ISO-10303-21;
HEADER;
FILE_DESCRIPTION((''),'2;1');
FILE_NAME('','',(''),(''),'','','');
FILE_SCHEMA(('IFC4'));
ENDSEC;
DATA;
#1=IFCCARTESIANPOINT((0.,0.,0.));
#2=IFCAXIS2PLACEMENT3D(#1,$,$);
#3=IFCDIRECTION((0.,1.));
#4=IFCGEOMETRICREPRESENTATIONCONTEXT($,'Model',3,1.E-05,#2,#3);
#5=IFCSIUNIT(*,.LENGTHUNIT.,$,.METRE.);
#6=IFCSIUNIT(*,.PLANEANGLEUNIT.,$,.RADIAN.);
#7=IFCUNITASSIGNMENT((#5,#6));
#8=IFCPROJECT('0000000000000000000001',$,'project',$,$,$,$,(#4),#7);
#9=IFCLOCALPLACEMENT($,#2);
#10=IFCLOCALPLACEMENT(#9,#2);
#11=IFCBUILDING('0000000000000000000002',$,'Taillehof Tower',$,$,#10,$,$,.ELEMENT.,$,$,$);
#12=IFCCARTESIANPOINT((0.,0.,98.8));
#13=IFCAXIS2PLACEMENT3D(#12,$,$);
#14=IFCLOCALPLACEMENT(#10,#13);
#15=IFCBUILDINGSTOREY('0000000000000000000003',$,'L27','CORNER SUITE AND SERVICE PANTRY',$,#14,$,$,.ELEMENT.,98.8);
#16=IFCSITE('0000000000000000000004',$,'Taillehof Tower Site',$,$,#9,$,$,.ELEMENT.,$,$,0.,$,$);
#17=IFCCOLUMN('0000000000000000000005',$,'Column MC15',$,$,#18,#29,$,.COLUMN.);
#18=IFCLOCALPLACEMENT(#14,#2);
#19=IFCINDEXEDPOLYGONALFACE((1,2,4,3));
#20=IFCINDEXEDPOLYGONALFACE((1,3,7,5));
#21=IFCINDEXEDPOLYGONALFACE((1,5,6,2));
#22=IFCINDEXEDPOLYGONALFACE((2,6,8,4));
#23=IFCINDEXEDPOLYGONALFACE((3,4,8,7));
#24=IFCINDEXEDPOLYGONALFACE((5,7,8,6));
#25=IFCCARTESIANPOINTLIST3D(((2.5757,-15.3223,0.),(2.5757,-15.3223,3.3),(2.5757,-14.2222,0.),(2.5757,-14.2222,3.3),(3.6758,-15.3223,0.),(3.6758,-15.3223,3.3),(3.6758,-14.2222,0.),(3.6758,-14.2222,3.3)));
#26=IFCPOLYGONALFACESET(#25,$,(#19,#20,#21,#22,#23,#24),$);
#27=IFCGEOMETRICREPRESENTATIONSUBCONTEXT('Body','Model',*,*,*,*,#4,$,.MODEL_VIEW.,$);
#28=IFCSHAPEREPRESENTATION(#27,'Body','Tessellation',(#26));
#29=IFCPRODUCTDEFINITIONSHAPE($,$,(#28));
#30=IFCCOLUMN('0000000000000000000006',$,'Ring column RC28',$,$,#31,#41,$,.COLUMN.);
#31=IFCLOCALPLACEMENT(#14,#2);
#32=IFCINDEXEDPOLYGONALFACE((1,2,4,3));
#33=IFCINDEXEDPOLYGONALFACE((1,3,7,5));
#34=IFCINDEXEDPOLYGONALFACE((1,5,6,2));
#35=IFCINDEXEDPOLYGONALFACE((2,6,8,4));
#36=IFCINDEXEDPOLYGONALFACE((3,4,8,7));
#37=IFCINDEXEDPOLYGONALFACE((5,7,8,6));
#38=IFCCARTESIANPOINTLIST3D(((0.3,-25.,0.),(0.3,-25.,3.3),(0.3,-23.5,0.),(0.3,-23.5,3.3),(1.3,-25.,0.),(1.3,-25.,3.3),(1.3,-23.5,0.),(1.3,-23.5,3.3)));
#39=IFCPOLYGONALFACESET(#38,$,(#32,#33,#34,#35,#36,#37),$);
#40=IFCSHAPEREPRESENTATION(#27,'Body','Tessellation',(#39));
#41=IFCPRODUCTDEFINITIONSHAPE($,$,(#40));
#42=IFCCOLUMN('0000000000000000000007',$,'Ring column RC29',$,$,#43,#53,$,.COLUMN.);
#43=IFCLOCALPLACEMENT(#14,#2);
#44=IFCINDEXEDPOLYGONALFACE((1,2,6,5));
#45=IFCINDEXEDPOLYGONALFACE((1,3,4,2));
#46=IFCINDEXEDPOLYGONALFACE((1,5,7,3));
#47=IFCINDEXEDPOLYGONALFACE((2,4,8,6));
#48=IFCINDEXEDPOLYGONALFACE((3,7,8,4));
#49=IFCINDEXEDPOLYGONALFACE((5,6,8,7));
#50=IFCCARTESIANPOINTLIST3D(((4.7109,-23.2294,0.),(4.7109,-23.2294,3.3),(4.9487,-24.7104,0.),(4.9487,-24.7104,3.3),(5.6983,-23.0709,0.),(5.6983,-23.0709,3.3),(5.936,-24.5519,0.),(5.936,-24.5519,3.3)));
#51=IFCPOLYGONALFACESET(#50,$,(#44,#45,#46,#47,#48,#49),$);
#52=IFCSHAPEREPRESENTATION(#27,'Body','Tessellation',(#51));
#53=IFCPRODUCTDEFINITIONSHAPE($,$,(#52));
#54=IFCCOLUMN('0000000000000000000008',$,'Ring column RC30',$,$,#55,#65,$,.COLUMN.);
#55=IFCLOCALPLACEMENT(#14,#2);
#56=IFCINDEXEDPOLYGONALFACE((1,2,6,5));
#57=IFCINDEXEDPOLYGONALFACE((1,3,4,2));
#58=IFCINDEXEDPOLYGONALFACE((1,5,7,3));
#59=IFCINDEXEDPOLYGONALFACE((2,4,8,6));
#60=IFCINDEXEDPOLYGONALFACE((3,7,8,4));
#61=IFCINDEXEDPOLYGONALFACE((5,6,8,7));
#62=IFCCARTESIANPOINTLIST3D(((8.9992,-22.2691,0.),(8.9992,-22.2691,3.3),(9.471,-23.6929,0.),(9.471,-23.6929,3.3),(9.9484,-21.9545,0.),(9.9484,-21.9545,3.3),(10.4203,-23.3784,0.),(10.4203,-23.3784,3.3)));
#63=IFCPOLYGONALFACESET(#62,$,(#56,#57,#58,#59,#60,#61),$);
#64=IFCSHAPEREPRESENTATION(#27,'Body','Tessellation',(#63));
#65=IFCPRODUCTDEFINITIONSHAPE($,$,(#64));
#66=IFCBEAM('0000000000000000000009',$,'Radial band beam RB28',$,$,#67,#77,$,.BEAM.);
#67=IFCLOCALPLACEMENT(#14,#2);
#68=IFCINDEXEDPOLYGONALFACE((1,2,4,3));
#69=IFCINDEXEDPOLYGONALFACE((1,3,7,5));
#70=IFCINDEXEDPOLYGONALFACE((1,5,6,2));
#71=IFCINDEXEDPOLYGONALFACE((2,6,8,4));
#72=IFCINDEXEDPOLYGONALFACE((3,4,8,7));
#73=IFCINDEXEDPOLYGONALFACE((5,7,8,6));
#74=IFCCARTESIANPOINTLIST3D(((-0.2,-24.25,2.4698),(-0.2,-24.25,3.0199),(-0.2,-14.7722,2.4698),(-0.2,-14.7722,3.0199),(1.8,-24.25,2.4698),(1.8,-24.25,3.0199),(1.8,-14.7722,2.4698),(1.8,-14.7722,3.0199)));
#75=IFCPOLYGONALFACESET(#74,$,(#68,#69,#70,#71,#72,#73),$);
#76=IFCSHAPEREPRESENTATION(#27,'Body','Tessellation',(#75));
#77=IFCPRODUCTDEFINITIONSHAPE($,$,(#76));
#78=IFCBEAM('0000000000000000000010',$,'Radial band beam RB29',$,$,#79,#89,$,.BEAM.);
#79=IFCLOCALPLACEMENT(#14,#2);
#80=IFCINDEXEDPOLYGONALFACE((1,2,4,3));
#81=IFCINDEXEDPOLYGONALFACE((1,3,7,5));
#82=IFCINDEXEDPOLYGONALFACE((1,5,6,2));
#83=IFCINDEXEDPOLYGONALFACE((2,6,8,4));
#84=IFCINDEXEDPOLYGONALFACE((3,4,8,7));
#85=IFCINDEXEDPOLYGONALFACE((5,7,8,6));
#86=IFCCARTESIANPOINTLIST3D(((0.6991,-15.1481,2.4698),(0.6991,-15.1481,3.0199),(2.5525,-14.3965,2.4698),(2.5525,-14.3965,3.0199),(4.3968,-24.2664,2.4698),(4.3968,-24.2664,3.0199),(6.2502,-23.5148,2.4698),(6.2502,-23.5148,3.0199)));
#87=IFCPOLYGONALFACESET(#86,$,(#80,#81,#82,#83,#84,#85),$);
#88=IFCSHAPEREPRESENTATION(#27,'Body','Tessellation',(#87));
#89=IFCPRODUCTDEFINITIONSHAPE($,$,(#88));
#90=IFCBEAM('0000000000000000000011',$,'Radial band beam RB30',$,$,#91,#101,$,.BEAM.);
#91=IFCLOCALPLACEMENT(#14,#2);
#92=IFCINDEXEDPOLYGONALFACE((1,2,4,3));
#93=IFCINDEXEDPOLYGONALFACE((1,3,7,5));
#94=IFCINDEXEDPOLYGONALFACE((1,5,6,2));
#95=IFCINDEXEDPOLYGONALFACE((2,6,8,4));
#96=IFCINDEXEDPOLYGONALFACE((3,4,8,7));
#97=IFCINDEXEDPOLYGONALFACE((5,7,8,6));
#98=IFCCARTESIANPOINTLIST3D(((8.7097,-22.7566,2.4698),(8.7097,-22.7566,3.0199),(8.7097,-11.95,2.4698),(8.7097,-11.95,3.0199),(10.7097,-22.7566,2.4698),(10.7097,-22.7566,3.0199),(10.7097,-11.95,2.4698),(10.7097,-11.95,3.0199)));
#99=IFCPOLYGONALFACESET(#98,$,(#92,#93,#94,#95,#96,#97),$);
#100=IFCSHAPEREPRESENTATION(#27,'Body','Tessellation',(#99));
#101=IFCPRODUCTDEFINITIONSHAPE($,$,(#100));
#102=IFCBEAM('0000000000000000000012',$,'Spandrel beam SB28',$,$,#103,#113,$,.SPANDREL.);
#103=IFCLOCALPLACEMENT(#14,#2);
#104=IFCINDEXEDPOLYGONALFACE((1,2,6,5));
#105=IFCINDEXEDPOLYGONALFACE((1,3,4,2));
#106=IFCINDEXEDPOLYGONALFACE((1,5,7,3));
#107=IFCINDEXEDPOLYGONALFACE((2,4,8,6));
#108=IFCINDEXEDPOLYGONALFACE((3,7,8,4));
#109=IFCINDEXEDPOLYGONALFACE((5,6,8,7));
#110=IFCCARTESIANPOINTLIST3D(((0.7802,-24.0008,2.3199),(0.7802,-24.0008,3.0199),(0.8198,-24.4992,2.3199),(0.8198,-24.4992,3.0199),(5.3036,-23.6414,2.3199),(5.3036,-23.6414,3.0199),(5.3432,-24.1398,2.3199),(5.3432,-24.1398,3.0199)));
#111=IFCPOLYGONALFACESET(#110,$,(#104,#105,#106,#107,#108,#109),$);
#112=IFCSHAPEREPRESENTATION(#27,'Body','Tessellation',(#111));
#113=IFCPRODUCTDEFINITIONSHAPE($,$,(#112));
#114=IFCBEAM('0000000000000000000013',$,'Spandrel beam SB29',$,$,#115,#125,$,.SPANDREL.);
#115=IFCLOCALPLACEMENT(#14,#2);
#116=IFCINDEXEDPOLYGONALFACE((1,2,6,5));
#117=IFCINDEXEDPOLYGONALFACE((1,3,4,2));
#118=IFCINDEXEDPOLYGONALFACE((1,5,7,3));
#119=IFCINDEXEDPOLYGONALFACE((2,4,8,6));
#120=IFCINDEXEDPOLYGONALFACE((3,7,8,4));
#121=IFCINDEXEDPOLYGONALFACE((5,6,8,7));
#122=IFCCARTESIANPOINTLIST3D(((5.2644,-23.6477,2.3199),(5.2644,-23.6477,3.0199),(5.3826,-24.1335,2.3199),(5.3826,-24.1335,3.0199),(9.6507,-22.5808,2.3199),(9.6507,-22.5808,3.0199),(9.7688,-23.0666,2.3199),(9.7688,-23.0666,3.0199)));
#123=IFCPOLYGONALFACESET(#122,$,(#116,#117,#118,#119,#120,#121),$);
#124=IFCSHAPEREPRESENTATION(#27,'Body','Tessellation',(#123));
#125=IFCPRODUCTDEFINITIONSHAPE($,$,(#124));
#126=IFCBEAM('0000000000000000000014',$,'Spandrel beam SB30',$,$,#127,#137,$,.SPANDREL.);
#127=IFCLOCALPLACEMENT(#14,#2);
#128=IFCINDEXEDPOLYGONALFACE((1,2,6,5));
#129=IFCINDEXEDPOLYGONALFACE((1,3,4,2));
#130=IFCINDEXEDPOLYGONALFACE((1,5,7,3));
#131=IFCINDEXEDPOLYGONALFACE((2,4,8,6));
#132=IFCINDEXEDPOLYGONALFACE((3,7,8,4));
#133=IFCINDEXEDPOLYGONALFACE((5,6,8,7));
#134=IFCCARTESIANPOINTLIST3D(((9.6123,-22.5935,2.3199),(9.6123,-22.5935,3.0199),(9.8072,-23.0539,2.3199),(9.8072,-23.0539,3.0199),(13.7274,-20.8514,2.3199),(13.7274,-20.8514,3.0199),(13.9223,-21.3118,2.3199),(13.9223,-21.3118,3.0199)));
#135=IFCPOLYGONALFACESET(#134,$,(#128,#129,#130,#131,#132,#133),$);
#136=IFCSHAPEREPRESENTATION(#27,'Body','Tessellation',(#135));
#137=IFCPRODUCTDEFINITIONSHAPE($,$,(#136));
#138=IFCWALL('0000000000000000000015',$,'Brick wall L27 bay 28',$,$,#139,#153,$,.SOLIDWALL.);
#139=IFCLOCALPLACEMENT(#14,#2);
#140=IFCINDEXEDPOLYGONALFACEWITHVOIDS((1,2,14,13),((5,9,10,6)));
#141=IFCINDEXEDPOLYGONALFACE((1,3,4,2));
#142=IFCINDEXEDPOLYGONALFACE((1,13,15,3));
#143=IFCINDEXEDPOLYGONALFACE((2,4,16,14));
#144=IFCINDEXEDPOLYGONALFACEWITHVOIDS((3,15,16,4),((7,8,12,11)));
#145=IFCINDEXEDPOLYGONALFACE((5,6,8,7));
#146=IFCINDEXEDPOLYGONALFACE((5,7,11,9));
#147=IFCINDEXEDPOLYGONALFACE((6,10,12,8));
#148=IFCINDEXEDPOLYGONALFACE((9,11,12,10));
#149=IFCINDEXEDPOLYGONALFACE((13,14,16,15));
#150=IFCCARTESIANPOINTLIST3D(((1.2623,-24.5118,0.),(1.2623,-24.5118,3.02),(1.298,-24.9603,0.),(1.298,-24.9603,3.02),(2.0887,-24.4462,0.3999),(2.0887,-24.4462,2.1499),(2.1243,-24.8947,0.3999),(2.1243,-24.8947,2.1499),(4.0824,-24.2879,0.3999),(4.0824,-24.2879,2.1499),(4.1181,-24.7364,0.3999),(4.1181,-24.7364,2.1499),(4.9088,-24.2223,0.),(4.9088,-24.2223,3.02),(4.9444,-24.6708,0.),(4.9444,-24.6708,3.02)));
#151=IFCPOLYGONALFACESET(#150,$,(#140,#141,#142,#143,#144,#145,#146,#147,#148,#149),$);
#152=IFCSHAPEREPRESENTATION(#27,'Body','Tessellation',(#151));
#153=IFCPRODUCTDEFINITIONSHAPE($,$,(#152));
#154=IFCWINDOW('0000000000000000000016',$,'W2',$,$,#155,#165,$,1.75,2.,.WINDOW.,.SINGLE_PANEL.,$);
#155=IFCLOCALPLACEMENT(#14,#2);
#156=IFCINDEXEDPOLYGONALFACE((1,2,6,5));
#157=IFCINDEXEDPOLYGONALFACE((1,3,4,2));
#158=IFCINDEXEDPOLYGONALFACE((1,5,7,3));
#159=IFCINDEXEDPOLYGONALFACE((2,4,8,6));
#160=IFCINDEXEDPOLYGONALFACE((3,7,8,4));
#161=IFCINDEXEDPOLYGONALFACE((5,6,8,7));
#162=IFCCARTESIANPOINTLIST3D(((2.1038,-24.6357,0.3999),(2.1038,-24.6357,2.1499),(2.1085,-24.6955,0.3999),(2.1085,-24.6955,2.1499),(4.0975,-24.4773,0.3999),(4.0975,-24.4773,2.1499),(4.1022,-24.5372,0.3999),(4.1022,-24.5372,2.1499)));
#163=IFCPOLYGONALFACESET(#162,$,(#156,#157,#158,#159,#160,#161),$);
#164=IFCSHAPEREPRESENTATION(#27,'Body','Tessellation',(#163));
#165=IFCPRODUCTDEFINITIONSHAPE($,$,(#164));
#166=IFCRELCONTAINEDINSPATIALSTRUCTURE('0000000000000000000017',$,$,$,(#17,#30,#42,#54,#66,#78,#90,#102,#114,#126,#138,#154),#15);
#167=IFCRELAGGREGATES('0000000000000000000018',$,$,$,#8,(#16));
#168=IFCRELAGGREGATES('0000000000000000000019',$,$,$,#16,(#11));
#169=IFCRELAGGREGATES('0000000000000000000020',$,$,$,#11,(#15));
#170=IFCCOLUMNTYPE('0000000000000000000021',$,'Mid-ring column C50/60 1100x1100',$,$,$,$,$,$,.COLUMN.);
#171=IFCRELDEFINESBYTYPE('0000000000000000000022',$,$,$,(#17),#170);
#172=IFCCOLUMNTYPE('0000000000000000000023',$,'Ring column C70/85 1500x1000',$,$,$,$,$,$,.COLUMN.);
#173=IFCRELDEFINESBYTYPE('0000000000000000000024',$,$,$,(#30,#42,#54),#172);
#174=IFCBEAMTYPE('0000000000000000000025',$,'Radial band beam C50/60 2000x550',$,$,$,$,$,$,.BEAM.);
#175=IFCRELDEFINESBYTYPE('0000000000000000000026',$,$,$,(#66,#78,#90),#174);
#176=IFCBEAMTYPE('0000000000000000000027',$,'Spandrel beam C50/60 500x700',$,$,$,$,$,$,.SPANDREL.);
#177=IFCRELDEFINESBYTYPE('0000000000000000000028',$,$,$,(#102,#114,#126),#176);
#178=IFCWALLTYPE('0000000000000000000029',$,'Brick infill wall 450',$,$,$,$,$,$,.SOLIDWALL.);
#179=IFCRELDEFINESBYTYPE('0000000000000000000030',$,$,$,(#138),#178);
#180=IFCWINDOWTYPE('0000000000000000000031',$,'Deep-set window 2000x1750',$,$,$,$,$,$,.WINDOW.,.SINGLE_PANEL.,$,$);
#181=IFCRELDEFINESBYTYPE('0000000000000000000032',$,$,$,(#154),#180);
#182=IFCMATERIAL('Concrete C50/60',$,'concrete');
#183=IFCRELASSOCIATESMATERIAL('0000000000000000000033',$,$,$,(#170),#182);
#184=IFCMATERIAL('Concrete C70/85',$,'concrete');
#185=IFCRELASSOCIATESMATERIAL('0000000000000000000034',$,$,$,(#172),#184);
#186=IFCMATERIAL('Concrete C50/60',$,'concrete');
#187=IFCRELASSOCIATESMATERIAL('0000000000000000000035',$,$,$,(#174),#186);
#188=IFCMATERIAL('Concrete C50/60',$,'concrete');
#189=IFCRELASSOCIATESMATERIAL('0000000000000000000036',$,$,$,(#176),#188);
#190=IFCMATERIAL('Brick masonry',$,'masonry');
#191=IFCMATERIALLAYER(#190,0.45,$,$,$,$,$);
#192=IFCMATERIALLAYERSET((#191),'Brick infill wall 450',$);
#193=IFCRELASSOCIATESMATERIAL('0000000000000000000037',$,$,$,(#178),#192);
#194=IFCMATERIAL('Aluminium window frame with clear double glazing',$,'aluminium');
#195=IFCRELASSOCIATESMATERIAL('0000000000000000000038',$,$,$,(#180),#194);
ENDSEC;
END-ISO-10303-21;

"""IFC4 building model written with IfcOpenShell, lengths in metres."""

from ifc_helpers import new_model, si_unit, direction, frame, frame_2d, origin, origin_2d, place, context, subcontext, project, spatial, rectangle, extrude, material, layer, layer_set, material_profile, profile_set, type_object, element, fill, save


model = new_model("IFC4")

# Units and contexts
model_context = context("Model", 3, precision=1e-05, world=origin(), true_north=direction((0.0, 1.0)))
body_context = subcontext(model_context, "Body", "Model", "MODEL_VIEW")
ifc_project = project(units=[si_unit("LENGTHUNIT", "METRE"), si_unit("PLANEANGLEUNIT", "RADIAN")], contexts=[model_context])

# Site, building, storey
site_placement = place(None, origin())
site = spatial("IfcSite", under=ifc_project, at=site_placement, Name="Taillehof Tower Site", CompositionType="ELEMENT", RefElevation=0.0)
building_placement = place(site_placement, origin())
building = spatial("IfcBuilding", under=site, at=building_placement, Name="Taillehof Tower", CompositionType="ELEMENT")
storey_placement = place(building_placement, frame((0.0, 0.0, 98.8)))
storey = spatial("IfcBuildingStorey", under=building, at=storey_placement, Name="L27", Description="CORNER SUITE AND SERVICE PANTRY", CompositionType="ELEMENT", Elevation=98.8)

# Columns
ifc_material_1 = material(Name="Concrete C50/60", Category="concrete")
ifc_material_profile_1 = material_profile(ifc_material_1, rectangle(XDim=1.1001, YDim=1.1001, at=origin_2d()), Name="RC 1100x1100")
ifc_profile_set_1 = profile_set([ifc_material_profile_1], Name="Concrete C50/60")
column_type_1 = type_object("IfcColumnType", Name="Mid-ring column C50/60 1100x1100", PredefinedType="COLUMN", material=ifc_profile_set_1)
column_placement = place(storey_placement, frame((3.1257, -14.7722, 0.0), z_axis=(0.0, 0.0, 1.0), x_axis=(1.0, 0.0, 0.0)))
element("IfcColumn", 1, at=column_placement, inside=storey, type_object=column_type_1, Name="Column MC15", PredefinedType="COLUMN", context=body_context, shape_type="SweptSolid", body=[
    extrude(rectangle(XDim=1.1001, YDim=1.1001, at=origin_2d()), origin(), (0.0, 0.0, 1.0), 3.3),
])
ifc_material_2 = material(Name="Concrete C70/85", Category="concrete")
ifc_material_profile_2 = material_profile(ifc_material_2, rectangle(XDim=1.5, YDim=1.0, at=origin_2d()), Name="RC 1500x1000")
ifc_profile_set_2 = profile_set([ifc_material_profile_2], Name="Concrete C70/85")
column_type_2 = type_object("IfcColumnType", Name="Ring column C70/85 1500x1000", PredefinedType="COLUMN", material=ifc_profile_set_2)
for number, where, z_axis, x_axis, name in (
    (2, (0.8, -24.25, 0.0), (0.0, 0.0, 1.0), (0.0, -1.0, 0.0), "Ring column RC28"),
    (3, (5.3235, -23.8906, 0.0), (0.0, 0.0, 1.0), (0.158507, -0.987358, 0.0), "Ring column RC29"),
    (4, (9.7097, -22.8237, 0.0), (0.0, 0.0, 1.0), (0.314555, -0.949239, 0.0), "Ring column RC30"),
):
    element("IfcColumn", number, at=place(storey_placement, frame(where, z_axis=z_axis, x_axis=x_axis)), inside=storey, type_object=column_type_2, Name=name, PredefinedType="COLUMN", context=body_context, shape_type="SweptSolid", body=[
        extrude(rectangle(XDim=1.5, YDim=1.0, at=origin_2d()), origin(), (0.0, 0.0, 1.0), 3.3),
    ])

# Beams
ifc_material_3 = material(Name="Concrete C50/60", Category="concrete")
ifc_material_profile_3 = material_profile(ifc_material_3, rectangle(XDim=2.0, YDim=0.55, at=origin_2d()), Name="RC 2000x550")
ifc_profile_set_3 = profile_set([ifc_material_profile_3], Name="Concrete C50/60")
beam_type_1 = type_object("IfcBeamType", Name="Radial band beam C50/60 2000x550", PredefinedType="BEAM", material=ifc_profile_set_3)
beam_1_placement = place(storey_placement, frame((0.8, -24.25, 2.7449), z_axis=(0.0, 1.0, 0.0), x_axis=(-1.0, 0.0, 0.0)))
element("IfcBeam", 5, at=beam_1_placement, inside=storey, type_object=beam_type_1, Name="Radial band beam RB28", PredefinedType="BEAM", context=body_context, shape_type="SweptSolid", body=[
    extrude(rectangle(XDim=2.0, YDim=0.55, at=origin_2d()), origin(), (0.0, 0.0, 1.0), 9.4778),
])
beam_2_placement = place(storey_placement, frame((5.3235, -23.8906, 2.7449), z_axis=(-0.375801, 0.9267, 0.0), x_axis=(-0.9267, -0.375801, 0.0)))
element("IfcBeam", 6, at=beam_2_placement, inside=storey, type_object=beam_type_1, Name="Radial band beam RB29", PredefinedType="BEAM", context=body_context, shape_type="SweptSolid", body=[
    extrude(rectangle(XDim=2.0, YDim=0.55, at=origin_2d()), origin(), (0.0, 0.0, 1.0), 9.8396),
])
beam_3_placement = place(storey_placement, frame((9.7097, -22.7566, 2.7449), z_axis=(0.0, 1.0, 0.0), x_axis=(-1.0, 0.0, 0.0)))
element("IfcBeam", 7, at=beam_3_placement, inside=storey, type_object=beam_type_1, Name="Radial band beam RB30", PredefinedType="BEAM", context=body_context, shape_type="SweptSolid", body=[
    extrude(rectangle(XDim=2.0, YDim=0.55, at=origin_2d()), origin(), (0.0, 0.0, 1.0), 10.8066),
])
ifc_material_4 = material(Name="Concrete C50/60", Category="concrete")
ifc_material_profile_4 = material_profile(ifc_material_4, rectangle(XDim=0.5, YDim=0.7, at=origin_2d()), Name="RC 500x700")
ifc_profile_set_4 = profile_set([ifc_material_profile_4], Name="Concrete C50/60")
beam_type_2 = type_object("IfcBeamType", Name="Spandrel beam C50/60 500x700", PredefinedType="SPANDREL", material=ifc_profile_set_4)
beam_4_placement = place(storey_placement, frame((0.8, -24.25, 2.6699), z_axis=(0.996859, 0.079198, 0.0), x_axis=(-0.079198, 0.996859, 0.0)))
element("IfcBeam", 8, at=beam_4_placement, inside=storey, type_object=beam_type_2, Name="Spandrel beam SB28", PredefinedType="SPANDREL", context=body_context, shape_type="SweptSolid", body=[
    extrude(rectangle(XDim=0.5, YDim=0.7, at=origin_2d()), origin(), (0.0, 0.0, 1.0), 4.5376),
])
beam_5_placement = place(storey_placement, frame((5.3235, -23.8906, 2.6699), z_axis=(0.971669, 0.236346, 0.0), x_axis=(-0.236346, 0.971669, 0.0)))
element("IfcBeam", 9, at=beam_5_placement, inside=storey, type_object=beam_type_2, Name="Spandrel beam SB29", PredefinedType="SPANDREL", context=body_context, shape_type="SweptSolid", body=[
    extrude(rectangle(XDim=0.5, YDim=0.7, at=origin_2d()), origin(), (0.0, 0.0, 1.0), 4.5142),
])
beam_6_placement = place(storey_placement, frame((9.7097, -22.8237, 2.6699), z_axis=(0.920877, 0.389854, 0.0), x_axis=(-0.389854, 0.920877, 0.0)))
element("IfcBeam", 10, at=beam_6_placement, inside=storey, type_object=beam_type_2, Name="Spandrel beam SB30", PredefinedType="SPANDREL", context=body_context, shape_type="SweptSolid", body=[
    extrude(rectangle(XDim=0.5, YDim=0.7, at=origin_2d()), origin(), (0.0, 0.0, 1.0), 4.4688),
])

# Wall, opening, window
ifc_material_5 = material(Name="Brick masonry", Category="masonry")
ifc_layer_1 = layer(ifc_material_5, 0.45)
ifc_layer_set_1 = layer_set([ifc_layer_1], Name="Brick infill wall 450")
wall_type_1 = type_object("IfcWallType", Name="Brick infill wall 450", PredefinedType="SOLIDWALL", material=ifc_layer_set_1)
wall_1_placement = place(storey_placement, frame((1.28, -24.7361, 0.0), z_axis=(0.0, 0.0, 1.0), x_axis=(0.996862, 0.079156, 0.0)))
wall_1 = element("IfcWall", 11, at=wall_1_placement, inside=storey, type_object=wall_type_1, Name="Brick wall L27 bay 28", PredefinedType="SOLIDWALL", context=body_context, shape_type="SweptSolid", body=[
    extrude(rectangle(XDim=3.658, YDim=0.45, at=frame_2d((1.8291, 0.0))), origin(), (0.0, 0.0, 1.0), 3.02),
])
opening_1_placement = place(wall_1_placement, frame((0.8291, 0.0, 0.3999)))
opening_1 = element("IfcOpeningElement", 12, at=opening_1_placement, cuts=wall_1, PredefinedType="OPENING", context=body_context, shape_type="SweptSolid", body=[
    extrude(rectangle(XDim=2.0, YDim=1.75, at=frame_2d((1.0, 0.875))), frame((0.0, 0.2349, 0.0), z_axis=(0.0, -1.0, 0.0), x_axis=(1.0, 0.0, 0.0)), (0.0, 0.0, 1.0), 0.47),
])
ifc_material_6 = material(Name="Aluminium window frame with clear double glazing", Category="aluminium")
window_type = type_object("IfcWindowType", Name="Deep-set window 2000x1750", PartitioningType="SINGLE_PANEL", PredefinedType="WINDOW", material=ifc_material_6)
window_1_placement = place(opening_1_placement, origin())
window_1 = element("IfcWindow", 13, at=window_1_placement, inside=storey, type_object=window_type, Name="W2", OverallHeight=1.75, OverallWidth=2.0, PartitioningType="SINGLE_PANEL", PredefinedType="WINDOW", context=body_context, shape_type="SweptSolid", body=[
    extrude(rectangle(XDim=2.0, YDim=1.75, at=frame_2d((1.0, 0.875))), frame((0.0, 0.0349, 0.0), z_axis=(0.0, -1.0, 0.0), x_axis=(1.0, 0.0, 0.0)), (0.0, 0.0, 1.0), 0.0601),
])
fill(opening_1, window_1)

save(model, "model.ifc")
